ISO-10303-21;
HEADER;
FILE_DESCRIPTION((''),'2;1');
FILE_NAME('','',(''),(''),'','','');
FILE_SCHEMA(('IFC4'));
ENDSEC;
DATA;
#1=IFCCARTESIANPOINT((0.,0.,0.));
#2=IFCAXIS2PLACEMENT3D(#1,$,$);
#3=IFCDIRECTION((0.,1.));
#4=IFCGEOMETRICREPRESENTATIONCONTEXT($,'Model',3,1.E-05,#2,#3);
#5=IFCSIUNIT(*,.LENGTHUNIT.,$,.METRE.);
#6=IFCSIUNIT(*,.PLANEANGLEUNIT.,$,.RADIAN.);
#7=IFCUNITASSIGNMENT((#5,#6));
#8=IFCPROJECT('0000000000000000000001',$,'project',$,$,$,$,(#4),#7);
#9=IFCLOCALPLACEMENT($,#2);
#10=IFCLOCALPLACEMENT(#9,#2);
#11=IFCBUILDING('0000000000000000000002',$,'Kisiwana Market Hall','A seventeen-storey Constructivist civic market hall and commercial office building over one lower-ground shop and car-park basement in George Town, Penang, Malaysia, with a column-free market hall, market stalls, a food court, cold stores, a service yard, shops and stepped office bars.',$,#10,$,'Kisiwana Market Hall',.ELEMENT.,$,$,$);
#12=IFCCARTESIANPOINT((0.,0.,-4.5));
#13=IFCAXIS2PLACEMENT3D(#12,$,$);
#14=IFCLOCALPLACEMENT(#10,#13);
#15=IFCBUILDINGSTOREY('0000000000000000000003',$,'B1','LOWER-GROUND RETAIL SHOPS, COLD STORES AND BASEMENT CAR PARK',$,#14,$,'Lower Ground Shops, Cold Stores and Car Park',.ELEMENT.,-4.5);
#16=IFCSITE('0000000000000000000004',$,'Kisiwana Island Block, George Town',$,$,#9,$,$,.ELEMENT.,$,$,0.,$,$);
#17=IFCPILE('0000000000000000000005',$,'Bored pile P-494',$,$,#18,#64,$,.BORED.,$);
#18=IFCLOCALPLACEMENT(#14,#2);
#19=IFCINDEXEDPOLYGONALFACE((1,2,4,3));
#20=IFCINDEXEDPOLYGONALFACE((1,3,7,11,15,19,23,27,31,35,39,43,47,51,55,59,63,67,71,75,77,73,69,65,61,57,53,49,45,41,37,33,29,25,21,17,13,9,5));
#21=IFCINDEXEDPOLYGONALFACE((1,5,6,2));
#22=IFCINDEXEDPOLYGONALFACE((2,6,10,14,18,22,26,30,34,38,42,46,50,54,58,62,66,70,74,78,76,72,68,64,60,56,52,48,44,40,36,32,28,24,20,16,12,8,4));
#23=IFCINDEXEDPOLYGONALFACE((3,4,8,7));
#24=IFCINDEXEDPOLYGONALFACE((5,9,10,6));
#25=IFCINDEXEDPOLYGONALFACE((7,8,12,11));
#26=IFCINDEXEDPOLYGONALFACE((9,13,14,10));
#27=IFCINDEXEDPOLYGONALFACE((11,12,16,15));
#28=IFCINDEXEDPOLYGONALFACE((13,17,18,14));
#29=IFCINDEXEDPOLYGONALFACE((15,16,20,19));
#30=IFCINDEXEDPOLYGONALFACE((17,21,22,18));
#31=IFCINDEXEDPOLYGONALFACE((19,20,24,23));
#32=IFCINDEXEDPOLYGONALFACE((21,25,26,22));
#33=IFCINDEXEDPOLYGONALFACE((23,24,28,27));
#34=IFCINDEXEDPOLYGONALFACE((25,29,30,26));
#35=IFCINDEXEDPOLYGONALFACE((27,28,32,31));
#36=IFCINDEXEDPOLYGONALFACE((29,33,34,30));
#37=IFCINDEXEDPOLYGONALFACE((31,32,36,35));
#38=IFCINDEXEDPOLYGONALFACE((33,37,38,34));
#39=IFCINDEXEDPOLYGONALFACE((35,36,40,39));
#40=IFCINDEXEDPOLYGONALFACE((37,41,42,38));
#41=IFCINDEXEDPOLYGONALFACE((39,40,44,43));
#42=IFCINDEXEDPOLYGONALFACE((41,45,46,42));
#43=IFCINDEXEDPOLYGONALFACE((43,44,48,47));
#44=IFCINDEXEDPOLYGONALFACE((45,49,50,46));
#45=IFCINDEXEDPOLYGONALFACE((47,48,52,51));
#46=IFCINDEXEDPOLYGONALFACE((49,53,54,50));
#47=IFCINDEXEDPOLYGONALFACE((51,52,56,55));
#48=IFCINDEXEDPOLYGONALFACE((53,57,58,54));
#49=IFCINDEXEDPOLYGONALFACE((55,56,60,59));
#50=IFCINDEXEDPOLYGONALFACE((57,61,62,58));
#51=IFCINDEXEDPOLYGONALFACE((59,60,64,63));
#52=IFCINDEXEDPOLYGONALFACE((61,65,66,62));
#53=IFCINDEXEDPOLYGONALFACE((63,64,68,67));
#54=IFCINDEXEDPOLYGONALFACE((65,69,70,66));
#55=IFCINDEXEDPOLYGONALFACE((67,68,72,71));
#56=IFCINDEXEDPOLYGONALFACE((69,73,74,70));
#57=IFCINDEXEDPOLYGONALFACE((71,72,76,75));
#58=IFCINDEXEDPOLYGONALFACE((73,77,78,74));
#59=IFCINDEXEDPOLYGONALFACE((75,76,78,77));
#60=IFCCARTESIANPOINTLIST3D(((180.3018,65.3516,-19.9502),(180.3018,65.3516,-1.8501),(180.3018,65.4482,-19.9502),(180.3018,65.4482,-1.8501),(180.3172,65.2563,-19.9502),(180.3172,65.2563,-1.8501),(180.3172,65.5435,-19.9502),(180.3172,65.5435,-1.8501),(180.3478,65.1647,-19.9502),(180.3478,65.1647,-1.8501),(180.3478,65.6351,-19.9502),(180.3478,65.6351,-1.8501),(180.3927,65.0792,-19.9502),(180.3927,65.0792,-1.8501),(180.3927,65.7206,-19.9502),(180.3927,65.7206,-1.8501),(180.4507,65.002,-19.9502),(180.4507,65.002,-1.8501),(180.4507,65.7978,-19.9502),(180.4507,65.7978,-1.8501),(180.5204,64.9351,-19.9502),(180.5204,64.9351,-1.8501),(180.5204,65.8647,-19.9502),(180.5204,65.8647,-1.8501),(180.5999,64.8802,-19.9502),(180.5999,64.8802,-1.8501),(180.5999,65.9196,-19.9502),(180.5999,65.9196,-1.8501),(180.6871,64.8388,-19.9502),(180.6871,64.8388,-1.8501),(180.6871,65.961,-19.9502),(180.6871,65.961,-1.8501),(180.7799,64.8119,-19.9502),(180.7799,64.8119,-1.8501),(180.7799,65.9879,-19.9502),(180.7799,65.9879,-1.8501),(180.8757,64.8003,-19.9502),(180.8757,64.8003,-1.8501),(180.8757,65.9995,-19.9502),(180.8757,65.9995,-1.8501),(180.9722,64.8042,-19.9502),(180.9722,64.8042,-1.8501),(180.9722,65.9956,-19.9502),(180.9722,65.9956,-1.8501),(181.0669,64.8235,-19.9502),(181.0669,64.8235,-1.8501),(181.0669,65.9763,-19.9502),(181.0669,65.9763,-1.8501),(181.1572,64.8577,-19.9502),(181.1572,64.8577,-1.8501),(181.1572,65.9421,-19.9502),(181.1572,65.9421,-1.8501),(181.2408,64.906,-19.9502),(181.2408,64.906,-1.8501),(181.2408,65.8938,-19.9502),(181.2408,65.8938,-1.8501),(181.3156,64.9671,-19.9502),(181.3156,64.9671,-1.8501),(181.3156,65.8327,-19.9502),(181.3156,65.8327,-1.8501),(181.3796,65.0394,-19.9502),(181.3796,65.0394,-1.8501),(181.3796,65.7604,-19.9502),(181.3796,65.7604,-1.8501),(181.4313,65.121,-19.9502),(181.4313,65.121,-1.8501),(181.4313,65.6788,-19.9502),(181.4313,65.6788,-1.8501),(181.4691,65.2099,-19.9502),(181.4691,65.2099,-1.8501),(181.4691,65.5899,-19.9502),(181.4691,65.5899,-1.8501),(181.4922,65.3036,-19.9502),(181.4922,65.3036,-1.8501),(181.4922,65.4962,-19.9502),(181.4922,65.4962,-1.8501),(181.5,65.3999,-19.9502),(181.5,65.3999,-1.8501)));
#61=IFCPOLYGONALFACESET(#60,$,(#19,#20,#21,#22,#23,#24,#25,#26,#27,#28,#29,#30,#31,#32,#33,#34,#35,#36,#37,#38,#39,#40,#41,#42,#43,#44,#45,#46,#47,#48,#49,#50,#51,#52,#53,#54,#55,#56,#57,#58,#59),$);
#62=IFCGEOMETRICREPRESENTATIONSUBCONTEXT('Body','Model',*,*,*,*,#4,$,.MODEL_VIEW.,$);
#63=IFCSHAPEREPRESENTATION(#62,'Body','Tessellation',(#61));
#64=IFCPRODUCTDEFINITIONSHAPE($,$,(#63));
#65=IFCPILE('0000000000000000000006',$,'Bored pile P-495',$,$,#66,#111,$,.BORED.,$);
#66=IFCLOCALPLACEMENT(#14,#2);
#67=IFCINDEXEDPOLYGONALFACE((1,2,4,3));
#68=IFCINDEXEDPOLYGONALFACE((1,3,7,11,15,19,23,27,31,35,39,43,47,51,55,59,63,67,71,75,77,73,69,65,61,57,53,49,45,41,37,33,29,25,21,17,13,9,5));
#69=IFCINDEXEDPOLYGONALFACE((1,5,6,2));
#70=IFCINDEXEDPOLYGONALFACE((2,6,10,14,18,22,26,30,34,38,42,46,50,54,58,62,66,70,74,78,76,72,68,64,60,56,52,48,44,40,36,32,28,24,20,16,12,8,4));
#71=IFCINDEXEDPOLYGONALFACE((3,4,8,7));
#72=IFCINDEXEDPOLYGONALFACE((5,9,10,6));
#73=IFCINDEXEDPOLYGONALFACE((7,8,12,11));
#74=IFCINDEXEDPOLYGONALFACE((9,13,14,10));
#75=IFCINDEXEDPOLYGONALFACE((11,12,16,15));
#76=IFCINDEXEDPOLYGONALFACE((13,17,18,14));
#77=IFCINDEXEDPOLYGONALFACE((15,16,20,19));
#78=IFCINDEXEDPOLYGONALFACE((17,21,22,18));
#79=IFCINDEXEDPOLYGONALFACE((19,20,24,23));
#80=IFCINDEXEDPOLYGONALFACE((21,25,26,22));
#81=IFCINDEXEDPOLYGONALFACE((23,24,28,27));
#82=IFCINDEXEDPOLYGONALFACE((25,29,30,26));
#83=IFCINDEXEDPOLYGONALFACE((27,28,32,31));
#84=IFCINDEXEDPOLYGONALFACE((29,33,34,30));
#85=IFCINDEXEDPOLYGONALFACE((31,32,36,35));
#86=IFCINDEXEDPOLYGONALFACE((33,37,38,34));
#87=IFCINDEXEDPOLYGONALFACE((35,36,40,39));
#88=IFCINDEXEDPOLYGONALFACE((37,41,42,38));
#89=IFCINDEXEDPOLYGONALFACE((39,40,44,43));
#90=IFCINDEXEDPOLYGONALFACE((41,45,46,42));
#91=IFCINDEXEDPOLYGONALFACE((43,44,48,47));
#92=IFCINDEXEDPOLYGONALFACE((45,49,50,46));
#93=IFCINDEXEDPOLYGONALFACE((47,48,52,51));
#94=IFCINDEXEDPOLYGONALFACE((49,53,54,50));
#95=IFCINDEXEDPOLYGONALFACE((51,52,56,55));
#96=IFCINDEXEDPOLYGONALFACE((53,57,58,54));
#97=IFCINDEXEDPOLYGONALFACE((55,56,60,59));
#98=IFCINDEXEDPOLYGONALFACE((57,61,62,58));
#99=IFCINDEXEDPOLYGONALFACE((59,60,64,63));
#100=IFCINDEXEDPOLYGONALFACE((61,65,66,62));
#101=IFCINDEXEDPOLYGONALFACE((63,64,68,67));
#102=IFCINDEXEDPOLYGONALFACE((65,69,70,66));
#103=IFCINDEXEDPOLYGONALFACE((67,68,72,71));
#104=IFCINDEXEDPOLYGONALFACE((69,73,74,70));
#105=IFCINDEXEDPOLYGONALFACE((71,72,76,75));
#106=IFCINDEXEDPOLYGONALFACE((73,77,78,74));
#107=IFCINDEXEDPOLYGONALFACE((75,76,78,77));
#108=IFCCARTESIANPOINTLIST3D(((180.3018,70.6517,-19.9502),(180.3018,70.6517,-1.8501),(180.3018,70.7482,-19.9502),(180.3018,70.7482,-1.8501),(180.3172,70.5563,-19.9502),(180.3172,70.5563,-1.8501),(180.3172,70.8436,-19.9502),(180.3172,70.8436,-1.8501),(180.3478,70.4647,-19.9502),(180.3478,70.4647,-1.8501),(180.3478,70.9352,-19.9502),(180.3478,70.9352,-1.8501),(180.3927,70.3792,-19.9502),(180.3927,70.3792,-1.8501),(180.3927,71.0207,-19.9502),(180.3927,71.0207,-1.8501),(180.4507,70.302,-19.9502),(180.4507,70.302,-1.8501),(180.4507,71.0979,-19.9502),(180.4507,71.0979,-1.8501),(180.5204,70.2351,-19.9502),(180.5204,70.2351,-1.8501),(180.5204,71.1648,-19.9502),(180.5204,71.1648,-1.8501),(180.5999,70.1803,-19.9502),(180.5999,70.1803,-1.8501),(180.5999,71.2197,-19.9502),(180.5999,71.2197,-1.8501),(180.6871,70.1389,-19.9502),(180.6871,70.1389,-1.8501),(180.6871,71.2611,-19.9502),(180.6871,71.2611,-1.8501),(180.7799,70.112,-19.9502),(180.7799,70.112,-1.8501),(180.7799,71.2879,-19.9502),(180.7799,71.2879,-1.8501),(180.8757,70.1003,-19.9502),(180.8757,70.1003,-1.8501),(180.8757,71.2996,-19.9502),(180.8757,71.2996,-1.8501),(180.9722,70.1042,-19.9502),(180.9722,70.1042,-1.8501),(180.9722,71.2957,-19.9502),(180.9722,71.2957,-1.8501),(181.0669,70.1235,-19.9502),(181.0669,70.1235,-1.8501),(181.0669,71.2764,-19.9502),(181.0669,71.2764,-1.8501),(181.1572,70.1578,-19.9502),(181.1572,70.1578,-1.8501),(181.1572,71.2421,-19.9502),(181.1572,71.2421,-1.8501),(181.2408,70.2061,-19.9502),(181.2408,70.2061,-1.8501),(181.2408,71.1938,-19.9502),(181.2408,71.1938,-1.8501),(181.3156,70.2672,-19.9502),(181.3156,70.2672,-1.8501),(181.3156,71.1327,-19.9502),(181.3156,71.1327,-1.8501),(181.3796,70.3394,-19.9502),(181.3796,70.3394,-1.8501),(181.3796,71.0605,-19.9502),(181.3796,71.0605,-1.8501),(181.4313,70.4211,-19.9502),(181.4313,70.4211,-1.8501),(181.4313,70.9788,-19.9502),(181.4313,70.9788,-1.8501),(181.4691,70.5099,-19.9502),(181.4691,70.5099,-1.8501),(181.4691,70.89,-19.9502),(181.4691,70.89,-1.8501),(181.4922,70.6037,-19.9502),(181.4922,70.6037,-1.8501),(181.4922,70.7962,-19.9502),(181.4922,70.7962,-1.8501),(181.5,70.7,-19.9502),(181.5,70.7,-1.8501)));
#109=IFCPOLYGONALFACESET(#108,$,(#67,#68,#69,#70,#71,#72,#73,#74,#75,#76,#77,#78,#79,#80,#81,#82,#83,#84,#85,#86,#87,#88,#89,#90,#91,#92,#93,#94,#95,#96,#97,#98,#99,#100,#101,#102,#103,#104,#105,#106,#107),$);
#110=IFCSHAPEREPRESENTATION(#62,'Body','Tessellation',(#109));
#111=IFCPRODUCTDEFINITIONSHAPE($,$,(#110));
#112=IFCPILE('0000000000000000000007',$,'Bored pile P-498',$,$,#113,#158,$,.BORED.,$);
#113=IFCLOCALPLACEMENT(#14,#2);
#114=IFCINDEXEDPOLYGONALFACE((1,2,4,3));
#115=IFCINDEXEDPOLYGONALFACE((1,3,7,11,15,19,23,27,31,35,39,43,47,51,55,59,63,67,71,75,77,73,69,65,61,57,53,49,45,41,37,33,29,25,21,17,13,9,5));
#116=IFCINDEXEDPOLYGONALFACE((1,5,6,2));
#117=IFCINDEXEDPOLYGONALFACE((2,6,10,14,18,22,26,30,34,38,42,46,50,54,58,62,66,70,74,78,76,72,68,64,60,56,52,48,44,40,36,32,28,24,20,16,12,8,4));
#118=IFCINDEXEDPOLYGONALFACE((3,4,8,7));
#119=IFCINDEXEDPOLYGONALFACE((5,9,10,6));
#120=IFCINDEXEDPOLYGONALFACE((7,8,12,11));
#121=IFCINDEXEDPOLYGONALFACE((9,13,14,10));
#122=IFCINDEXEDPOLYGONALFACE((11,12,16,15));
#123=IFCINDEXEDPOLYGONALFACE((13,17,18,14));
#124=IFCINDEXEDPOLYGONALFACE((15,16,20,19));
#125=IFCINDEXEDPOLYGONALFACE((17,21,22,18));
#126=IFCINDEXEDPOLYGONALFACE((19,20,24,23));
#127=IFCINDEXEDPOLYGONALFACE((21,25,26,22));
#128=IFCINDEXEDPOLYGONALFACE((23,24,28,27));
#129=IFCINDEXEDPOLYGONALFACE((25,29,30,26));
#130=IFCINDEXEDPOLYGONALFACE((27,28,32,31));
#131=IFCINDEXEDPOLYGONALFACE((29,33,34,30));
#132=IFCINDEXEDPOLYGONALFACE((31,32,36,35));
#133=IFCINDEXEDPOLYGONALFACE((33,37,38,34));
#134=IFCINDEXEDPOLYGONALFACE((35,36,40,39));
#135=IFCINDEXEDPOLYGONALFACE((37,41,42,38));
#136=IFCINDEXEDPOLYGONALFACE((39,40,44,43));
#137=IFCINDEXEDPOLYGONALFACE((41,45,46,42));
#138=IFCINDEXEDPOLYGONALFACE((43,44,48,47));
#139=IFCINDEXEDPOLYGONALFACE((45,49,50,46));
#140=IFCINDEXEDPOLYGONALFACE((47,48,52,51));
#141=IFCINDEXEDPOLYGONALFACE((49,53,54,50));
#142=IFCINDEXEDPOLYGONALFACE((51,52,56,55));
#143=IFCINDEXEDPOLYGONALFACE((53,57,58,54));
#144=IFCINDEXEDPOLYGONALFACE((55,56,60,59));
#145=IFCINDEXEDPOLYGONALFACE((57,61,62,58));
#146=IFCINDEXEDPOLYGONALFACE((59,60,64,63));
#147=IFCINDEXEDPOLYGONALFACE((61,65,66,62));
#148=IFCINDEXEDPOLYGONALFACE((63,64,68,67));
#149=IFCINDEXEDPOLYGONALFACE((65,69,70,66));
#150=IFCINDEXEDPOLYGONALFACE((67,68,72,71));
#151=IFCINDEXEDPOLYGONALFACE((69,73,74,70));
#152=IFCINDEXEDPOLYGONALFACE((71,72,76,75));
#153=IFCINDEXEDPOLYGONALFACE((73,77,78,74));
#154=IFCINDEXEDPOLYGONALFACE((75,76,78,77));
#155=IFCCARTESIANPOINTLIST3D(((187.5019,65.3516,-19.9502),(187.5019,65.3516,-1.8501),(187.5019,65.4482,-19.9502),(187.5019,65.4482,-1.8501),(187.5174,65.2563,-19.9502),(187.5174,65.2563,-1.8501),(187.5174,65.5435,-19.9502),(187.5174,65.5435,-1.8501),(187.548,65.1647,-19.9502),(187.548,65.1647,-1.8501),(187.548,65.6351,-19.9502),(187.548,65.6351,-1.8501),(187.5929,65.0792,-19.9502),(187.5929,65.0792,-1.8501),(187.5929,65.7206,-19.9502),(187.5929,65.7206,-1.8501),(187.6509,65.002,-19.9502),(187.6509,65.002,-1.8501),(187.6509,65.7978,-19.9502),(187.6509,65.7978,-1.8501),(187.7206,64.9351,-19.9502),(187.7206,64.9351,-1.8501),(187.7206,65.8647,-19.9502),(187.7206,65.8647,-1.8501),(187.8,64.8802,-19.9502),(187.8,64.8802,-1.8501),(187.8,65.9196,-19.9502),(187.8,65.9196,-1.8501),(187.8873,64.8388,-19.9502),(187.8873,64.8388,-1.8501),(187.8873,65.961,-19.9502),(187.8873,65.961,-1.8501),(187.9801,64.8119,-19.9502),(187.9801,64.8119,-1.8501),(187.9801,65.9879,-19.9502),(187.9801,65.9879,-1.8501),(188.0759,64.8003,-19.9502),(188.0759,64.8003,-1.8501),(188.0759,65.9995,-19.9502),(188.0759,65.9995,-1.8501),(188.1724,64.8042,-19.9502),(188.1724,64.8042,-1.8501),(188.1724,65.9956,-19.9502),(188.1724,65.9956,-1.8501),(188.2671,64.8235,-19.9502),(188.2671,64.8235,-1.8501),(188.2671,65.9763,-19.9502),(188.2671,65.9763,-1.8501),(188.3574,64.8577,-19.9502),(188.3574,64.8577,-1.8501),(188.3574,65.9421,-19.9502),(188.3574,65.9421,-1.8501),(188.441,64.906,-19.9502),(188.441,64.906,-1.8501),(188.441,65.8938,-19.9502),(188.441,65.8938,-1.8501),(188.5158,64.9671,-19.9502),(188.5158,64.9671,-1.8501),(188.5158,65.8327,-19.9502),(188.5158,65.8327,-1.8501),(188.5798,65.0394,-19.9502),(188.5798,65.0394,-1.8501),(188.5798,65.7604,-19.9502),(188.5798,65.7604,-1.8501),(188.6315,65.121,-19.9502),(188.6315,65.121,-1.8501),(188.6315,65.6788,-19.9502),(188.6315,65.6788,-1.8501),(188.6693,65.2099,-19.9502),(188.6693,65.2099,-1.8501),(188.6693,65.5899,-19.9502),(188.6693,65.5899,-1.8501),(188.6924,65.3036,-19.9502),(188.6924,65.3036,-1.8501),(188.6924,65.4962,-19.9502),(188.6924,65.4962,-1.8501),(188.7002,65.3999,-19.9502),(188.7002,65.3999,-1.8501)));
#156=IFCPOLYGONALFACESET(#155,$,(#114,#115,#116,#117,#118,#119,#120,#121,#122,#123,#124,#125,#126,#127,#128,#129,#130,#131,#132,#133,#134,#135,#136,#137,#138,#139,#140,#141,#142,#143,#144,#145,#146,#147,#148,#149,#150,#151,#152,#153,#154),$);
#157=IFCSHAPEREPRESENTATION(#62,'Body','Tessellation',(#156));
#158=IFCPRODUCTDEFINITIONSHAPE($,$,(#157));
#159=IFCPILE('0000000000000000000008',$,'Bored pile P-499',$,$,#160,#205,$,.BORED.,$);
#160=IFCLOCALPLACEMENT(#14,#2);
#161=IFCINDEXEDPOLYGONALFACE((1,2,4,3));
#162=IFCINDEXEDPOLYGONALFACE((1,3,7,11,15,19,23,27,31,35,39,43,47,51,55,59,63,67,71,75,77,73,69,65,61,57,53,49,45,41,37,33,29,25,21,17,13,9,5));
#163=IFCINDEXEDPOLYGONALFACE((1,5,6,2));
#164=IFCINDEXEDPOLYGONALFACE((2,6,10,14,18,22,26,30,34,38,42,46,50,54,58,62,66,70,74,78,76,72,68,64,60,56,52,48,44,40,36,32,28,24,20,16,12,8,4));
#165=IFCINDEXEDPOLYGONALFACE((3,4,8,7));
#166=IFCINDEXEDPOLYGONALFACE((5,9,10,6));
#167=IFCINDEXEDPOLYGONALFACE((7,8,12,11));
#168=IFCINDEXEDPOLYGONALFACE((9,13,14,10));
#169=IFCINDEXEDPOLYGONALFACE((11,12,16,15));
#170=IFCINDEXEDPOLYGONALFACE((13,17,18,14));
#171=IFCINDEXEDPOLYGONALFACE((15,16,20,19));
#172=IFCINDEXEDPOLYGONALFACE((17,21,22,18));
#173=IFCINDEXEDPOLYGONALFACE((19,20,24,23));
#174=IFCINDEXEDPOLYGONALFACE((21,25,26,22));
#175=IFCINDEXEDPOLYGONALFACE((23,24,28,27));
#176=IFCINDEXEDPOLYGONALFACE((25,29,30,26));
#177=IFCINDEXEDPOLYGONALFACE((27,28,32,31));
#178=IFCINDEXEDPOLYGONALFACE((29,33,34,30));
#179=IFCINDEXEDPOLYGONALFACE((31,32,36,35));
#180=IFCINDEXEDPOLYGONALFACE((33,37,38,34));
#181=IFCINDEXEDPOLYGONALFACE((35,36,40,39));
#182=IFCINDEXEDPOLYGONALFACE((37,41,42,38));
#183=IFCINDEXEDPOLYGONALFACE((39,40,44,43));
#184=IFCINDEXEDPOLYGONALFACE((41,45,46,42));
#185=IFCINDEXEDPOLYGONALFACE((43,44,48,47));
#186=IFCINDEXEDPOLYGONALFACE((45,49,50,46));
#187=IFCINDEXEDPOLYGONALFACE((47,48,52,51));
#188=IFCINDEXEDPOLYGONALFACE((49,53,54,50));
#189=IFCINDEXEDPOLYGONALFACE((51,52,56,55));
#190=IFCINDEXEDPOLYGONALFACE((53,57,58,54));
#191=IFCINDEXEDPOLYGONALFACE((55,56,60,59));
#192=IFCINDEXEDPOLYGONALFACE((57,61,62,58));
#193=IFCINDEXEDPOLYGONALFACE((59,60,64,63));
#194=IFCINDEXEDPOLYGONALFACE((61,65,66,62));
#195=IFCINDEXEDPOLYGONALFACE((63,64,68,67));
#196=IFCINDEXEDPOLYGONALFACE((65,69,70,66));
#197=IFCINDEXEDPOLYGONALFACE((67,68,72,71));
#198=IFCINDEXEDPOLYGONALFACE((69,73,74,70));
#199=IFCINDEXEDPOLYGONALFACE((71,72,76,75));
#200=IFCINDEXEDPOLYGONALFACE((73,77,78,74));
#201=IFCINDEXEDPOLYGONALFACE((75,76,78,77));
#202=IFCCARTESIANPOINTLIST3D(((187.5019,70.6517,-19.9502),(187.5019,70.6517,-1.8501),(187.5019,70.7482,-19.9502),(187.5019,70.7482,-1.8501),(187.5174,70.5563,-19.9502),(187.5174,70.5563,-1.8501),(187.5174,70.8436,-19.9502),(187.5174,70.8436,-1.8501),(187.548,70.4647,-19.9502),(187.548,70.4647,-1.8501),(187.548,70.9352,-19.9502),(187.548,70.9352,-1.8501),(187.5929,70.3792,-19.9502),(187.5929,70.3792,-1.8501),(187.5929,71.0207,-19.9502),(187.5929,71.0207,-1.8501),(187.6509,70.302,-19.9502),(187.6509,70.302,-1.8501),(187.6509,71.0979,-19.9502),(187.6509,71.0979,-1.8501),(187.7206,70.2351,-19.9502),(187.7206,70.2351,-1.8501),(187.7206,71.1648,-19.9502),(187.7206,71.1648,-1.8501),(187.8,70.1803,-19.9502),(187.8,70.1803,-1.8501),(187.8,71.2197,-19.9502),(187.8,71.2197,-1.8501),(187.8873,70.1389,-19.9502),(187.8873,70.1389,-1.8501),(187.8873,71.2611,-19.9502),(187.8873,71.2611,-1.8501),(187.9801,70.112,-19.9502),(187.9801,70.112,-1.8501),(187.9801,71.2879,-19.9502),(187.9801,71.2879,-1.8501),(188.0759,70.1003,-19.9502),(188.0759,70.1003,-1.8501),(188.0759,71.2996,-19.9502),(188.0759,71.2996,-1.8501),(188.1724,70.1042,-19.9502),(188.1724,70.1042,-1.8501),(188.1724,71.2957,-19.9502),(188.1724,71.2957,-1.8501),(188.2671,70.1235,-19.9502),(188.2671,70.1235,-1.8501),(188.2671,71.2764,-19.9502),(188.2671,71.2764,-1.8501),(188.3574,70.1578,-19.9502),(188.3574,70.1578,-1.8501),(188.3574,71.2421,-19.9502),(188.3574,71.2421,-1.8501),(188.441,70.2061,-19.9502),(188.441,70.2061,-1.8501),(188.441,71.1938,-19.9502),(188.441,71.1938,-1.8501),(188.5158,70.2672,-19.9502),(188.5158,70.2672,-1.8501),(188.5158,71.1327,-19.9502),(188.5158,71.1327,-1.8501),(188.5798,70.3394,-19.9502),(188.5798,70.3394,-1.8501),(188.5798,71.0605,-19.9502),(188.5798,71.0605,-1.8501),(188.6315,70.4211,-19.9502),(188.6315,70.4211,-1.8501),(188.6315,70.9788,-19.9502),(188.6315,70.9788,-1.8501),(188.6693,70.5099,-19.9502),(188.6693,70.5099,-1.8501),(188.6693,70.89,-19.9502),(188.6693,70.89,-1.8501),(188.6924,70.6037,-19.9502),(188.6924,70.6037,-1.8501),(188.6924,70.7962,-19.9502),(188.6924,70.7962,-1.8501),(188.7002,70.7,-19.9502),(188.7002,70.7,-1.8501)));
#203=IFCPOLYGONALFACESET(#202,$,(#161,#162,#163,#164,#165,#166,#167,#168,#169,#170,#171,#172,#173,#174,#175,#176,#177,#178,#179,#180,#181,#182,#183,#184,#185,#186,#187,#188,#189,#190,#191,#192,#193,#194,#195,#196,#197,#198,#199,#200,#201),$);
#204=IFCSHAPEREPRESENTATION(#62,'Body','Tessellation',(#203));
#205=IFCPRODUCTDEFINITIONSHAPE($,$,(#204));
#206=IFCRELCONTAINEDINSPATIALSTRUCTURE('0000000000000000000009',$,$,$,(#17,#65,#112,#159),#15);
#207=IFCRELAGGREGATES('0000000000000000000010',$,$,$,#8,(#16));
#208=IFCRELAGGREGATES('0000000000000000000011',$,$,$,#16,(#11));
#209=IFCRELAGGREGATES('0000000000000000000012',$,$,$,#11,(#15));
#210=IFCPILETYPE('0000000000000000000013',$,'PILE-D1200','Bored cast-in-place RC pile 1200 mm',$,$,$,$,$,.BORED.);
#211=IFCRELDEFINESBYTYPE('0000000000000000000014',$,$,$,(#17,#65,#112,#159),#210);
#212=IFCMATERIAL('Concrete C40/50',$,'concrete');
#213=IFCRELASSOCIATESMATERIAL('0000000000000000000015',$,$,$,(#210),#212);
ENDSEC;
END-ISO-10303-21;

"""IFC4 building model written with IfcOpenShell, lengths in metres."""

from ifc_helpers import new_model, si_unit, direction, frame, origin, origin_2d, place, context, subcontext, project, spatial, circle, extrude, material, material_profile, profile_set, type_object, element, save


model = new_model("IFC4")

# Units and contexts
model_context = context("Model", 3, precision=1e-05, world=origin(), true_north=direction((0.0, 1.0)))
body_context = subcontext(model_context, "Body", "Model", "MODEL_VIEW")
ifc_project = project(units=[si_unit("LENGTHUNIT", "METRE"), si_unit("PLANEANGLEUNIT", "RADIAN")], contexts=[model_context])

# Site, building, storey
site_placement = place(None, origin())
site = spatial("IfcSite", under=ifc_project, at=site_placement, Name="Kisiwana Island Block, George Town", CompositionType="ELEMENT", RefElevation=0.0)
building_placement = place(site_placement, origin())
building = spatial("IfcBuilding", under=site, at=building_placement, Name="Kisiwana Market Hall", Description="A seventeen-storey Constructivist civic market hall and commercial office building over one lower-ground shop and car-park basement in George Town, Penang, Malaysia, with a column-free market hall, market stalls, a food court, cold stores, a service yard, shops and stepped office bars.", LongName="Kisiwana Market Hall", CompositionType="ELEMENT")
storey_placement = place(building_placement, frame((0.0, 0.0, -4.5)))
storey = spatial("IfcBuildingStorey", under=building, at=storey_placement, Name="B1", Description="LOWER-GROUND RETAIL SHOPS, COLD STORES AND BASEMENT CAR PARK", LongName="Lower Ground Shops, Cold Stores and Car Park", CompositionType="ELEMENT", Elevation=-4.5)

# Piles
ifc_material_1 = material(Name="Concrete C40/50", Category="concrete")
ifc_material_profile_1 = material_profile(ifc_material_1, circle(Radius=0.6001, at=origin_2d()), Name="BP D1200")
ifc_profile_set_1 = profile_set([ifc_material_profile_1], Name="Concrete C40/50")
pile_type_1 = type_object("IfcPileType", Name="PILE-D1200", Description="Bored cast-in-place RC pile 1200 mm", PredefinedType="BORED", material=ifc_profile_set_1)
for number, where, z_axis, x_axis, name in (
    (1, (180.8999, 65.3999, -1.8501), (0.0, 0.0, -1.0), (1.0, 0.0, 0.0), "Bored pile P-494"),
    (2, (180.8999, 70.7, -1.8501), (0.0, 0.0, -1.0), (1.0, 0.0, 0.0), "Bored pile P-495"),
    (3, (188.1001, 65.3999, -1.8501), (0.0, 0.0, -1.0), (1.0, 0.0, 0.0), "Bored pile P-498"),
    (4, (188.1001, 70.7, -1.8501), (0.0, 0.0, -1.0), (1.0, 0.0, 0.0), "Bored pile P-499"),
):
    element("IfcPile", number, at=place(storey_placement, frame(where, z_axis=z_axis, x_axis=x_axis)), inside=storey, type_object=pile_type_1, Name=name, PredefinedType="BORED", context=body_context, shape_type="SweptSolid", body=[
        extrude(circle(Radius=0.6001, at=origin_2d()), origin(), (0.0, 0.0, 1.0), 18.1001),
    ])

save(model, "model.ifc")
